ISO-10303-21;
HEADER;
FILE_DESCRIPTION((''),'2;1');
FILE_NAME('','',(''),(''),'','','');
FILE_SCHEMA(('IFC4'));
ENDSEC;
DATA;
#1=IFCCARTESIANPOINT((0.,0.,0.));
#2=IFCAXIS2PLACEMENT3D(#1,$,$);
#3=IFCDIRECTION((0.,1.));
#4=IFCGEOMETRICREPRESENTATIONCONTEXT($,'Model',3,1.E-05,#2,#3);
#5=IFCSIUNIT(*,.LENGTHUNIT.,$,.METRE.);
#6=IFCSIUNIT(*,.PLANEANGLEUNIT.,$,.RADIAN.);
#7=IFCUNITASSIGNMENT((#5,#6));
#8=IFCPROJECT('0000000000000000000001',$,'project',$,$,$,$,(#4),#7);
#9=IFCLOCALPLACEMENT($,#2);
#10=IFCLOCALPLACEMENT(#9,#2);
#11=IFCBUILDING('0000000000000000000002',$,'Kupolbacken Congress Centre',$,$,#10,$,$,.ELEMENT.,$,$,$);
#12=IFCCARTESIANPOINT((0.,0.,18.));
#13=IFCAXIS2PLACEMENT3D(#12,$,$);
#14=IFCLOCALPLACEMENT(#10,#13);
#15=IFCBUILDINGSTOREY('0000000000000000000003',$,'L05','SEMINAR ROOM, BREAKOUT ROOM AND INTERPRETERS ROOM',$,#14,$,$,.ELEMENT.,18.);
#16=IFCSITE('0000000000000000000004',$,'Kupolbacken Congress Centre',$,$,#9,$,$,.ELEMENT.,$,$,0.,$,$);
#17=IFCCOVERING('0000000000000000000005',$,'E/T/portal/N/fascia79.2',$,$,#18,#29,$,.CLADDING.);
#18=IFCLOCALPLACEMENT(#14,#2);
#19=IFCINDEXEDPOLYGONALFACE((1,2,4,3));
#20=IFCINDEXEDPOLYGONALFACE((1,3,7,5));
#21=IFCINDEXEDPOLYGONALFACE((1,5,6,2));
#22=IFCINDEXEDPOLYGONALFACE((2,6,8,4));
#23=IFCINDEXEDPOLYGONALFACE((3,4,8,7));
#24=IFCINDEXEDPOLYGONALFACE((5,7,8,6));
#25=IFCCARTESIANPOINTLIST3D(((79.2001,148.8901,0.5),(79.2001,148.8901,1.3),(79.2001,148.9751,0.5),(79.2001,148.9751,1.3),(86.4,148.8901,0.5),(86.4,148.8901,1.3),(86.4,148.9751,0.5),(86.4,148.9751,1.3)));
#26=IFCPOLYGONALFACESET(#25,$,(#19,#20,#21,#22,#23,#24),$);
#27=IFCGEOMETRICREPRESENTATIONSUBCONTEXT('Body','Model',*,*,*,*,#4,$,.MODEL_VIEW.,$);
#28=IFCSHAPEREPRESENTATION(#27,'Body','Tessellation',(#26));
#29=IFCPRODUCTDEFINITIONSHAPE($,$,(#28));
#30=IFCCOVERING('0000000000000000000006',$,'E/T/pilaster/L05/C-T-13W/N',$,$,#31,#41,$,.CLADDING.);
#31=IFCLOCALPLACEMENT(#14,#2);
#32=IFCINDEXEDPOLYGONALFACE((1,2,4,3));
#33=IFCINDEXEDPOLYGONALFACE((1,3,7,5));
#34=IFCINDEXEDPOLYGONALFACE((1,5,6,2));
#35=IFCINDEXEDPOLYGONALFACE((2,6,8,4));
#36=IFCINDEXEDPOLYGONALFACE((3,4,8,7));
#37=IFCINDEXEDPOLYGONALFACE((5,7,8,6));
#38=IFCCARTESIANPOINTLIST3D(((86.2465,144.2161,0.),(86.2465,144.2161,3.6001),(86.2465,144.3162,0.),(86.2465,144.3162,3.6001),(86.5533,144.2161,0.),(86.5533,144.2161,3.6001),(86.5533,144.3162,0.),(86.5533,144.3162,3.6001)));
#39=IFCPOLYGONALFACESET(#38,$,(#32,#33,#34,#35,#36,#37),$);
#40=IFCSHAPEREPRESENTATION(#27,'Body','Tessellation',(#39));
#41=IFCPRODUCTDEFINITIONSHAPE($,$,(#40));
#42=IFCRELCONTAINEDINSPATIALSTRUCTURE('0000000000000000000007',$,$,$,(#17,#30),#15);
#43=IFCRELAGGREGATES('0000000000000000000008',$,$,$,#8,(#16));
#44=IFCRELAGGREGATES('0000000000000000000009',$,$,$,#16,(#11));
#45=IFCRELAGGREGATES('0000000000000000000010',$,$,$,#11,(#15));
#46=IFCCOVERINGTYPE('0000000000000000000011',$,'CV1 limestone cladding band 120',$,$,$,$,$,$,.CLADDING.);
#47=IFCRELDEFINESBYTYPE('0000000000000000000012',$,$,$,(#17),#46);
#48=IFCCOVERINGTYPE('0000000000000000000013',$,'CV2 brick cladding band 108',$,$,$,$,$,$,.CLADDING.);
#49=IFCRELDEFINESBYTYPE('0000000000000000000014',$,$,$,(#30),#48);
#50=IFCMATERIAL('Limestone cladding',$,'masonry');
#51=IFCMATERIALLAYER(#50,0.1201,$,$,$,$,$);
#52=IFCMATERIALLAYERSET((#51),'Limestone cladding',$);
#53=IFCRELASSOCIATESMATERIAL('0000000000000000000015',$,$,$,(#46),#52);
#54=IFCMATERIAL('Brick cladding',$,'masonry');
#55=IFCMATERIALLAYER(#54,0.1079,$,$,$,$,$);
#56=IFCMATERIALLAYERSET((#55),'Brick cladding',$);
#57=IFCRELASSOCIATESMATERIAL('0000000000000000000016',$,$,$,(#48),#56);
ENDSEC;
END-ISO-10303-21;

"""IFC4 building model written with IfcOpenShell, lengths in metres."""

from ifc_helpers import new_model, si_unit, direction, frame, origin, origin_2d, place, context, subcontext, project, spatial, rectangle, extrude, material, layer, layer_set, type_object, element, save


model = new_model("IFC4")

# Units and contexts
model_context = context("Model", 3, precision=1e-05, world=origin(), true_north=direction((0.0, 1.0)))
body_context = subcontext(model_context, "Body", "Model", "MODEL_VIEW")
ifc_project = project(units=[si_unit("LENGTHUNIT", "METRE"), si_unit("PLANEANGLEUNIT", "RADIAN")], contexts=[model_context])

# Site, building, storey
site_placement = place(None, origin())
site = spatial("IfcSite", under=ifc_project, at=site_placement, Name="Kupolbacken Congress Centre", CompositionType="ELEMENT", RefElevation=0.0)
building_placement = place(site_placement, origin())
building = spatial("IfcBuilding", under=site, at=building_placement, Name="Kupolbacken Congress Centre", CompositionType="ELEMENT")
storey_placement = place(building_placement, frame((0.0, 0.0, 18.0)))
storey = spatial("IfcBuildingStorey", under=building, at=storey_placement, Name="L05", Description="SEMINAR ROOM, BREAKOUT ROOM AND INTERPRETERS ROOM", CompositionType="ELEMENT", Elevation=18.0)

# Coverings
ifc_material_1 = material(Name="Limestone cladding", Category="masonry")
ifc_layer_1 = layer(ifc_material_1, 0.1201)
ifc_layer_set_1 = layer_set([ifc_layer_1], Name="Limestone cladding")
covering_type_1 = type_object("IfcCoveringType", Name="CV1 limestone cladding band 120", PredefinedType="CLADDING", material=ifc_layer_set_1)
covering_1_placement = place(storey_placement, frame((82.8, 148.9326, 0.5), z_axis=(0.0, 0.0, 1.0), x_axis=(1.0, 0.0, 0.0)))
element("IfcCovering", 1, at=covering_1_placement, inside=storey, type_object=covering_type_1, Name="E/T/portal/N/fascia79.2", PredefinedType="CLADDING", context=body_context, shape_type="SweptSolid", body=[
    extrude(rectangle(XDim=7.2, YDim=0.085, at=origin_2d()), origin(), (0.0, 0.0, 1.0), 0.8),
])
ifc_material_2 = material(Name="Brick cladding", Category="masonry")
ifc_layer_2 = layer(ifc_material_2, 0.1079)
ifc_layer_set_2 = layer_set([ifc_layer_2], Name="Brick cladding")
covering_type_2 = type_object("IfcCoveringType", Name="CV2 brick cladding band 108", PredefinedType="CLADDING", material=ifc_layer_set_2)
covering_2_placement = place(storey_placement, frame((86.3999, 144.2661, 0.0), z_axis=(0.0, 0.0, 1.0), x_axis=(1.0, 0.0, 0.0)))
element("IfcCovering", 2, at=covering_2_placement, inside=storey, type_object=covering_type_2, Name="E/T/pilaster/L05/C-T-13W/N", PredefinedType="CLADDING", context=body_context, shape_type="SweptSolid", body=[
    extrude(rectangle(XDim=0.3069, YDim=0.1001, at=origin_2d()), origin(), (0.0, 0.0, 1.0), 3.6001),
])

save(model, "model.ifc")
